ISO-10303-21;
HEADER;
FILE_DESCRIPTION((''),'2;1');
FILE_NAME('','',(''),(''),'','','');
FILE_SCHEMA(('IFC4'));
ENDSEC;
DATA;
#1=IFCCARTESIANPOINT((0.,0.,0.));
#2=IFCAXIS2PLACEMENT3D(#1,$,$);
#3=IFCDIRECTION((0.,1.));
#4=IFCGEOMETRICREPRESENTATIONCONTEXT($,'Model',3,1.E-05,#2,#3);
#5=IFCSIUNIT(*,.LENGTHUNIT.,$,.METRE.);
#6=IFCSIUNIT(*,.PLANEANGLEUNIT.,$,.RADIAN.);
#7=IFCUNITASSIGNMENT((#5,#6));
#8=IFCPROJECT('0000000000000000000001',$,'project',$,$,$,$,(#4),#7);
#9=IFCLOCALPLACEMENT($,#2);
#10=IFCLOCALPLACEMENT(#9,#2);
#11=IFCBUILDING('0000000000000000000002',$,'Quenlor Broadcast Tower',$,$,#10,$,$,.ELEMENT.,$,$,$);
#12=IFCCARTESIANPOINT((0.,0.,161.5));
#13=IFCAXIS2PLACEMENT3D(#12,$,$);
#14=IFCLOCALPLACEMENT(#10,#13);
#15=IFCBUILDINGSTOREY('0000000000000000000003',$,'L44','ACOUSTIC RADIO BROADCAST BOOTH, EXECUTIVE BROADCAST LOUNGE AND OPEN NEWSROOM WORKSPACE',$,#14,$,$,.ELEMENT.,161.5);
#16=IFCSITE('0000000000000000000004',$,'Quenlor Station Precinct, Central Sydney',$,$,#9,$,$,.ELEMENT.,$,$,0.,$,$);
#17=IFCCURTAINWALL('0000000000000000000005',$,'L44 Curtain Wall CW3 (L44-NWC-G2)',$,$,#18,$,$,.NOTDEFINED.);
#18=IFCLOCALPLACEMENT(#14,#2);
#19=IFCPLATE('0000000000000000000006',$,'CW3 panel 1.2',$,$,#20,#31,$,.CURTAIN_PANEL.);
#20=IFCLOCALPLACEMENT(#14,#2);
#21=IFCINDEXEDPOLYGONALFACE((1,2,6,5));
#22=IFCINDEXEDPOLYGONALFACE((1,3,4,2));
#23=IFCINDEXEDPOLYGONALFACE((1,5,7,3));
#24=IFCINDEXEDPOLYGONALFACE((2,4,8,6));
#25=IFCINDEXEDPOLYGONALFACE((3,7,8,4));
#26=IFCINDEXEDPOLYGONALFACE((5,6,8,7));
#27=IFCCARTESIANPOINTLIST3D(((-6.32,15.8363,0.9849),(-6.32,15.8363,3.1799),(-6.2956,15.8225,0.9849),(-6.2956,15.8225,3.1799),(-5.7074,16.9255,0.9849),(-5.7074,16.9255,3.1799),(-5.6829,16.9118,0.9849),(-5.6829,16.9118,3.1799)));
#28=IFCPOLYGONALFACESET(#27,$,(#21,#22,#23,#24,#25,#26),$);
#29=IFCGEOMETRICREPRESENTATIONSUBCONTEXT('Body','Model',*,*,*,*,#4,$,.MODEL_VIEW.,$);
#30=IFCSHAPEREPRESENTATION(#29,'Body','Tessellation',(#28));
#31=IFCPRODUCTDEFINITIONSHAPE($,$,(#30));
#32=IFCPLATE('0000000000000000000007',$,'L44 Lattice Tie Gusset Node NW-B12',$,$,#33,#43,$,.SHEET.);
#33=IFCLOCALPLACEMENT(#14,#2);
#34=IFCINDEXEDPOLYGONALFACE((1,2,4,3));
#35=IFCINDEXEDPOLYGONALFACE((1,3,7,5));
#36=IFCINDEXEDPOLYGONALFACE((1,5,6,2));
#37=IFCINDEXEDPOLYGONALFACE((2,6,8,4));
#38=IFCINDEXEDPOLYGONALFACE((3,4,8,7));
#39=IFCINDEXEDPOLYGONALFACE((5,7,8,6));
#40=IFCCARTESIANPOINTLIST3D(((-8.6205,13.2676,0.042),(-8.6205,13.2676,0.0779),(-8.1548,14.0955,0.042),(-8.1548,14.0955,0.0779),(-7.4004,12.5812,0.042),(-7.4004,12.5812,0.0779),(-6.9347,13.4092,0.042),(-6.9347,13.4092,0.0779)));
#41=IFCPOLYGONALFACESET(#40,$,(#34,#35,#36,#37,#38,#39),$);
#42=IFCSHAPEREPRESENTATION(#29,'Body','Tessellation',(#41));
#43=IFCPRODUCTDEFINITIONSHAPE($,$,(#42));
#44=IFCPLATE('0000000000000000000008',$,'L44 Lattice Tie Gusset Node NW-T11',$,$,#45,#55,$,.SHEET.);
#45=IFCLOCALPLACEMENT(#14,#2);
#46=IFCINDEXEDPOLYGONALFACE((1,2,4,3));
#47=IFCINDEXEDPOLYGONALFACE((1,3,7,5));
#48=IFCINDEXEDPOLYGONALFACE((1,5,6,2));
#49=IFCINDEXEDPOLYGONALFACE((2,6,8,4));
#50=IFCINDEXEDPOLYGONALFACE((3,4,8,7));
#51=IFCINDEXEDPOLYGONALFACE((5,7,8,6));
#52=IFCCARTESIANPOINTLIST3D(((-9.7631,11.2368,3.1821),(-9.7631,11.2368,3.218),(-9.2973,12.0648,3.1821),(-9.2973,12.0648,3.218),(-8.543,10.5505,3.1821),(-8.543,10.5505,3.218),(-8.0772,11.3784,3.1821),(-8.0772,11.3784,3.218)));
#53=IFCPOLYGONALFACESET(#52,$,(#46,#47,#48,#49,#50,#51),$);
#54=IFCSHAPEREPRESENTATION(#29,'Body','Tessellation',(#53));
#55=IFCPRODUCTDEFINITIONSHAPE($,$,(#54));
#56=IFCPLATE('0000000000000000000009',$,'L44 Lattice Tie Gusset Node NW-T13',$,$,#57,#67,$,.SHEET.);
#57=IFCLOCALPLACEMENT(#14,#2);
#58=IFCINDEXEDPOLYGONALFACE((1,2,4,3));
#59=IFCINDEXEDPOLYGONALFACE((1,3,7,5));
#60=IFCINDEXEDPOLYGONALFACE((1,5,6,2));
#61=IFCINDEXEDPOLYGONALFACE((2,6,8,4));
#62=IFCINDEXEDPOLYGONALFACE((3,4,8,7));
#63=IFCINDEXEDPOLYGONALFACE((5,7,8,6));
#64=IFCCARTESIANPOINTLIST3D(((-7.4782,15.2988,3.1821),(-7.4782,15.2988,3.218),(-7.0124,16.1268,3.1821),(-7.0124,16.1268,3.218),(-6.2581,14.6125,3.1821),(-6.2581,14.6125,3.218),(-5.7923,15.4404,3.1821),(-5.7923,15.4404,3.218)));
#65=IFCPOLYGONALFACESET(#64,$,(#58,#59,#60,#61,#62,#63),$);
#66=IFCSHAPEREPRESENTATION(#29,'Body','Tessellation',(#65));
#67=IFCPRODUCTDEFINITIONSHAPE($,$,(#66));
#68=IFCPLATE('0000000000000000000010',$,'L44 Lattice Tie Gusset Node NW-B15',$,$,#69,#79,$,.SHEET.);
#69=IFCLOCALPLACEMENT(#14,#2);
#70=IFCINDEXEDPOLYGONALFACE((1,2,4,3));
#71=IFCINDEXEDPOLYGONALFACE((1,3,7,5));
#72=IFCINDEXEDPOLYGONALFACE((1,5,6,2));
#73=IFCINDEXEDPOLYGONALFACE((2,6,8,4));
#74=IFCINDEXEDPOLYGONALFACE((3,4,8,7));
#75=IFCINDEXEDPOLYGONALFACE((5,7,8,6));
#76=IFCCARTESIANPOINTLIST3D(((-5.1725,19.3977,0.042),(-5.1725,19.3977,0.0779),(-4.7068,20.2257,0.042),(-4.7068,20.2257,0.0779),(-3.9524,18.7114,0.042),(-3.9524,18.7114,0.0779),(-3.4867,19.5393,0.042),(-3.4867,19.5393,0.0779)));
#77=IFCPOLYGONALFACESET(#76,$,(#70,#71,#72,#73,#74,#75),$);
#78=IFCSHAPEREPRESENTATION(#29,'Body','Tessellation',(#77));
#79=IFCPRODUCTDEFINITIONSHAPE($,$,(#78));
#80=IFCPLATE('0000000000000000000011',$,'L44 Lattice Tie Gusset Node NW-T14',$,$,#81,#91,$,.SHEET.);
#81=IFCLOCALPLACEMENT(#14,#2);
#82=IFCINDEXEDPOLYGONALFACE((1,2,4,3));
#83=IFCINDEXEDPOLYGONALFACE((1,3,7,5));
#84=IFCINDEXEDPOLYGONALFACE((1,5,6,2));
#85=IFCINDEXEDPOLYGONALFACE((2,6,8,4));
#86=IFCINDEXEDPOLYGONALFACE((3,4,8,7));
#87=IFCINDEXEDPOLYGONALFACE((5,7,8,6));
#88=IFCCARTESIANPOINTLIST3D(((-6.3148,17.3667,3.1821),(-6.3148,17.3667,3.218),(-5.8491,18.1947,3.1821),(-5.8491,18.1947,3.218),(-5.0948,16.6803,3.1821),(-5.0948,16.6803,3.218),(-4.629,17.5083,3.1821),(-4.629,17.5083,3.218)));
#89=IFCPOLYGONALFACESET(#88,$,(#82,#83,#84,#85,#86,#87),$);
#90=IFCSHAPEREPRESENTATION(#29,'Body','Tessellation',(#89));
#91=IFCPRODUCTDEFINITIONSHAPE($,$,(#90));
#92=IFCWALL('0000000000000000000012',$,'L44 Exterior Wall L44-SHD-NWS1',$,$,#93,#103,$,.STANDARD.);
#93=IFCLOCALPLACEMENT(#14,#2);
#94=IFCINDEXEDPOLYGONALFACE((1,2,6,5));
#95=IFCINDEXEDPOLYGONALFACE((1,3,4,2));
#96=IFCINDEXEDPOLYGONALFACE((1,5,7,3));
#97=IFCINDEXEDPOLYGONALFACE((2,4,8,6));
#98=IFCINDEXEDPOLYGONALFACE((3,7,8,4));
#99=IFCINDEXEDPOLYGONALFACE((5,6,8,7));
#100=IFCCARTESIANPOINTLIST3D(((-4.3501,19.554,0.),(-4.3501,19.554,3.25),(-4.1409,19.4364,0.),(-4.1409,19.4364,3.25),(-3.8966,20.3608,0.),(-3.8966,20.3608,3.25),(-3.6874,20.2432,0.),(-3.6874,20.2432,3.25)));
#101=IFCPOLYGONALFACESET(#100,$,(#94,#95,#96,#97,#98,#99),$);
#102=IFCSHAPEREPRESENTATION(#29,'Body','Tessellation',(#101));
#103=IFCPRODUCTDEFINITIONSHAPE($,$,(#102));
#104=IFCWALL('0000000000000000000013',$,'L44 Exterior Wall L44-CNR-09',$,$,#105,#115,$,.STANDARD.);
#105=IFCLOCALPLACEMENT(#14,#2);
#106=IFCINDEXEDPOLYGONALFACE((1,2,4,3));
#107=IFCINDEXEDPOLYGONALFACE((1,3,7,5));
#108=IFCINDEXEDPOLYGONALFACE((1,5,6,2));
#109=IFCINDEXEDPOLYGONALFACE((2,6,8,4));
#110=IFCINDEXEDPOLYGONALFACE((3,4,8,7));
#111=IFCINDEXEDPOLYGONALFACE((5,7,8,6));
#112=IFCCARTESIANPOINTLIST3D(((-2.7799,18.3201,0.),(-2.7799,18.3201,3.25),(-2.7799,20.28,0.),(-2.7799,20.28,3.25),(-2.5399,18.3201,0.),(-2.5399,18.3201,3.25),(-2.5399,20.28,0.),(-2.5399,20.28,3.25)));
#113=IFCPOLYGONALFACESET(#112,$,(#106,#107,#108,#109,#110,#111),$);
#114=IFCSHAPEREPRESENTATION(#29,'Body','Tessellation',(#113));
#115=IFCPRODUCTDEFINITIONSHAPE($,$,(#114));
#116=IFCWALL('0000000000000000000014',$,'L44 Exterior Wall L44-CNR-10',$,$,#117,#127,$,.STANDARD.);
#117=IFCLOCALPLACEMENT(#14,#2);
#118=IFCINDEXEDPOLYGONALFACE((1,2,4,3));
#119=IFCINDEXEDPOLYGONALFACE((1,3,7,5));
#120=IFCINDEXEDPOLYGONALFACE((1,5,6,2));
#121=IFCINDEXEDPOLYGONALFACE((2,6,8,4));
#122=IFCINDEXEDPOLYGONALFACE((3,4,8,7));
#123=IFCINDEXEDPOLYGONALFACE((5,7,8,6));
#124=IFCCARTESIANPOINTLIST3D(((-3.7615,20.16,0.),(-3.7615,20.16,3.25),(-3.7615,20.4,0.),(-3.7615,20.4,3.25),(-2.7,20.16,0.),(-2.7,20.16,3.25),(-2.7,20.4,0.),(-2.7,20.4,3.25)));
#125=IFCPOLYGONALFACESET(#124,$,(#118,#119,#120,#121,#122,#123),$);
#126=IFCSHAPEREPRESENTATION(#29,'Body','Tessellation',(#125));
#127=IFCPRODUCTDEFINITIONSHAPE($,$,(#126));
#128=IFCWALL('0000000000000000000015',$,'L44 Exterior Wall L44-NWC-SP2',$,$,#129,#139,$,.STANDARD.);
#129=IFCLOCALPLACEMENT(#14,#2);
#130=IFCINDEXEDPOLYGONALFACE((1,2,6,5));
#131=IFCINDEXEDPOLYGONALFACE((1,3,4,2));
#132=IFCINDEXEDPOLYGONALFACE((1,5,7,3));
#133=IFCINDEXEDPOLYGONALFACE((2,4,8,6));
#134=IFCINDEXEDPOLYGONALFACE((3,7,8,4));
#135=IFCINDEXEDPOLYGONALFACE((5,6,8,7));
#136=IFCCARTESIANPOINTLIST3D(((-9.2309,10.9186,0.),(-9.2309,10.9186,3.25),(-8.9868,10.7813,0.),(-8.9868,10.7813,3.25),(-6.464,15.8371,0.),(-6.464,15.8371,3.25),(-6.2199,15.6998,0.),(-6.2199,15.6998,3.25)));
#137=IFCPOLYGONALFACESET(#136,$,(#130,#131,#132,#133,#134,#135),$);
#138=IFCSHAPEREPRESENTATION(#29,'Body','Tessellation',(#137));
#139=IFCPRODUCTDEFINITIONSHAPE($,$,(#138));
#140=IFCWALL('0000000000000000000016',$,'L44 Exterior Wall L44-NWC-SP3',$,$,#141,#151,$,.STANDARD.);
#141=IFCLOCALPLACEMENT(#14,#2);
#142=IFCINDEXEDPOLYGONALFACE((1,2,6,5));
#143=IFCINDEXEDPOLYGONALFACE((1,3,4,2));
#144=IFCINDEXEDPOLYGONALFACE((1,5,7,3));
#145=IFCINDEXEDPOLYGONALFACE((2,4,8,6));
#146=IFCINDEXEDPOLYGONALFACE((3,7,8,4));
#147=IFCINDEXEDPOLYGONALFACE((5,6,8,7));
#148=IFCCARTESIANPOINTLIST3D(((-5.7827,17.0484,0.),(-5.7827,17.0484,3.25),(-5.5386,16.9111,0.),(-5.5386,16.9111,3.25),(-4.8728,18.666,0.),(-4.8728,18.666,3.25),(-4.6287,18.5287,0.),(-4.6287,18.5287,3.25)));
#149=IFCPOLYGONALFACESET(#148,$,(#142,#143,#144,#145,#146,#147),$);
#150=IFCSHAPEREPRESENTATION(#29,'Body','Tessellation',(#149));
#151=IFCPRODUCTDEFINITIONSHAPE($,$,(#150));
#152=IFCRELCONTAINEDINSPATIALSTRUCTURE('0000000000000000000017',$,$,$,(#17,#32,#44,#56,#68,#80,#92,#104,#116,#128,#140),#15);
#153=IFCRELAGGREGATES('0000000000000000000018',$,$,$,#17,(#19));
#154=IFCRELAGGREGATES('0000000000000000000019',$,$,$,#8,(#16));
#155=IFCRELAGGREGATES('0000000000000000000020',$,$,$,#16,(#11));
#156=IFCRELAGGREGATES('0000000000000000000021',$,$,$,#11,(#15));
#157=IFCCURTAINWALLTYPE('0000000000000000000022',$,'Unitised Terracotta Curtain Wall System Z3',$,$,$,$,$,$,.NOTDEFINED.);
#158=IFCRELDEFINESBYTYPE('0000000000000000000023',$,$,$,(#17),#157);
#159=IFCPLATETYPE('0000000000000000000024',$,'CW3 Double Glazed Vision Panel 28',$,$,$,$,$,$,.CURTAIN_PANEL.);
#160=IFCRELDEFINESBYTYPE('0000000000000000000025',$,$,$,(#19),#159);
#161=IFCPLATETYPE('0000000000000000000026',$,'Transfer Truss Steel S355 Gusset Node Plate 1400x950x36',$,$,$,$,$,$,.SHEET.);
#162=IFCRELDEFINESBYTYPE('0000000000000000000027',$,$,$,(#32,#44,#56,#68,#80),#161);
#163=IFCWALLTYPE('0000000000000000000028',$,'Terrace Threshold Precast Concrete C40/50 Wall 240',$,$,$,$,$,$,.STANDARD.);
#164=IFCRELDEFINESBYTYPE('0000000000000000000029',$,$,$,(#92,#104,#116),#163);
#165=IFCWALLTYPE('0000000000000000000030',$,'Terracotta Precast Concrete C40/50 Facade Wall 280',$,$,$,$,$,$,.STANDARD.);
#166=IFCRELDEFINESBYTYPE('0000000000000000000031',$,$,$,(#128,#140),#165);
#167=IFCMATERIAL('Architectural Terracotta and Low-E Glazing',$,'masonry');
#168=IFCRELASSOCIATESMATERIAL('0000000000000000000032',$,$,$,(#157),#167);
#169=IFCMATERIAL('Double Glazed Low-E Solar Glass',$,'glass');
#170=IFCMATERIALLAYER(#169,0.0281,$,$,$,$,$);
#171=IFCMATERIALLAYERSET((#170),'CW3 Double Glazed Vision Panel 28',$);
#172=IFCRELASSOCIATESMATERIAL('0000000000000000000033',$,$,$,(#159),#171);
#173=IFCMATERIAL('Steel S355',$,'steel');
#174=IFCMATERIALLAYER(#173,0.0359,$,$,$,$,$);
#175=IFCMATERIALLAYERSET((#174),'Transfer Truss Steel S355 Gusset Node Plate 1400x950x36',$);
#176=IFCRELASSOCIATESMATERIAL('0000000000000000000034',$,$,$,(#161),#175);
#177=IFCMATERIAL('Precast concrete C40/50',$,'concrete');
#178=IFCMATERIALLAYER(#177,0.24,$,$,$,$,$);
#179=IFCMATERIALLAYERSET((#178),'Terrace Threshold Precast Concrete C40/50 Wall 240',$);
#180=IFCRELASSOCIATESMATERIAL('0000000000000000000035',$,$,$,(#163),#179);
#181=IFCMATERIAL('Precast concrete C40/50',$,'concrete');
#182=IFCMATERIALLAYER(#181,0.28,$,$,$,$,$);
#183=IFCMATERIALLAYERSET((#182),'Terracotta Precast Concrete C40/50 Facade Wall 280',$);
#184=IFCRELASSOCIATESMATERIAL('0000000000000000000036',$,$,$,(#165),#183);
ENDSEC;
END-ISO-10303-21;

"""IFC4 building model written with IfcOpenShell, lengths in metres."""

from ifc_helpers import new_model, si_unit, direction, frame, frame_2d, origin, origin_2d, place, context, subcontext, project, spatial, rectangle, extrude, material, layer, layer_set, type_object, element, aggregate, save


model = new_model("IFC4")

# Units and contexts
model_context = context("Model", 3, precision=1e-05, world=origin(), true_north=direction((0.0, 1.0)))
body_context = subcontext(model_context, "Body", "Model", "MODEL_VIEW")
ifc_project = project(units=[si_unit("LENGTHUNIT", "METRE"), si_unit("PLANEANGLEUNIT", "RADIAN")], contexts=[model_context])

# Site, building, storey
site_placement = place(None, origin())
site = spatial("IfcSite", under=ifc_project, at=site_placement, Name="Quenlor Station Precinct, Central Sydney", CompositionType="ELEMENT", RefElevation=0.0)
building_placement = place(site_placement, origin())
building = spatial("IfcBuilding", under=site, at=building_placement, Name="Quenlor Broadcast Tower", CompositionType="ELEMENT")
storey_placement = place(building_placement, frame((0.0, 0.0, 161.5)))
storey = spatial("IfcBuildingStorey", under=building, at=storey_placement, Name="L44", Description="ACOUSTIC RADIO BROADCAST BOOTH, EXECUTIVE BROADCAST LOUNGE AND OPEN NEWSROOM WORKSPACE", CompositionType="ELEMENT", Elevation=161.5)

# Shared definitions
ifc_material_1 = material(Name="Architectural Terracotta and Low-E Glazing", Category="masonry")
curtain_wall_type = type_object("IfcCurtainWallType", Name="Unitised Terracotta Curtain Wall System Z3", PredefinedType="NOTDEFINED", material=ifc_material_1)

# Curtain wall
curtain_wall_1_placement = place(storey_placement, origin())
curtain_wall_1 = element("IfcCurtainWall", 1, at=curtain_wall_1_placement, inside=storey, type_object=curtain_wall_type, Name="L44 Curtain Wall CW3 (L44-NWC-G2)", PredefinedType="NOTDEFINED")

# Plate
ifc_material_2 = material(Name="Double Glazed Low-E Solar Glass", Category="glass")
ifc_layer_1 = layer(ifc_material_2, 0.0281)
ifc_layer_set_1 = layer_set([ifc_layer_1], Name="CW3 Double Glazed Vision Panel 28")
plate_type_1 = type_object("IfcPlateType", Name="CW3 Double Glazed Vision Panel 28", PredefinedType="CURTAIN_PANEL", material=ifc_layer_set_1)
plate_1_placement = place(storey_placement, frame((-6.0015, 16.374, 0.9849), z_axis=(0.0, 0.0, 1.0), x_axis=(0.49023, 0.871593, 0.0)))
plate_1 = element("IfcPlate", 2, at=plate_1_placement, type_object=plate_type_1, Name="CW3 panel 1.2", PredefinedType="CURTAIN_PANEL", context=body_context, shape_type="SweptSolid", body=[
    extrude(rectangle(XDim=1.2498, YDim=0.0281, at=origin_2d()), origin(), (0.0, 0.0, 1.0), 2.1951),
])
aggregate(curtain_wall_1, [plate_1])

# Plates
ifc_material_3 = material(Name="Steel S355", Category="steel")
ifc_layer_2 = layer(ifc_material_3, 0.0359)
ifc_layer_set_2 = layer_set([ifc_layer_2], Name="Transfer Truss Steel S355 Gusset Node Plate 1400x950x36")
plate_type_2 = type_object("IfcPlateType", Name="Transfer Truss Steel S355 Gusset Node Plate 1400x950x36", PredefinedType="SHEET", material=ifc_layer_set_2)
for number, where, z_axis, x_axis, name in (
    (3, (-7.7776, 13.3384, 0.042), (0.0, 0.0, 1.0), (-0.871556, 0.490295, 0.0), "L44 Lattice Tie Gusset Node NW-B12"),
    (4, (-8.9202, 11.3076, 3.1821), (0.0, 0.0, 1.0), (-0.871556, 0.490295, 0.0), "L44 Lattice Tie Gusset Node NW-T11"),
    (5, (-6.6353, 15.3696, 3.1821), (0.0, 0.0, 1.0), (-0.871556, 0.490295, 0.0), "L44 Lattice Tie Gusset Node NW-T13"),
    (6, (-4.3296, 19.4685, 0.042), (0.0, 0.0, 1.0), (-0.871556, 0.490295, 0.0), "L44 Lattice Tie Gusset Node NW-B15"),
    (7, (-5.4719, 17.4375, 3.1821), (0.0, 0.0, 1.0), (-0.871556, 0.490295, 0.0), "L44 Lattice Tie Gusset Node NW-T14"),
):
    element("IfcPlate", number, at=place(storey_placement, frame(where, z_axis=z_axis, x_axis=x_axis)), inside=storey, type_object=plate_type_2, Name=name, PredefinedType="SHEET", context=body_context, shape_type="SweptSolid", body=[
        extrude(rectangle(XDim=1.3999, YDim=0.95, at=origin_2d()), origin(), (0.0, 0.0, 1.0), 0.0359),
    ])

# Walls
ifc_material_4 = material(Name="Precast concrete C40/50", Category="concrete")
ifc_layer_3 = layer(ifc_material_4, 0.24)
ifc_layer_set_3 = layer_set([ifc_layer_3], Name="Terrace Threshold Precast Concrete C40/50 Wall 240")
wall_type_1 = type_object("IfcWallType", Name="Terrace Threshold Precast Concrete C40/50 Wall 240", PredefinedType="STANDARD", material=ifc_layer_set_3)
wall_1_placement = place(storey_placement, frame((-4.2456, 19.4951, 0.0), z_axis=(0.0, 0.0, 1.0), x_axis=(0.490048, 0.871695, 0.0)))
element("IfcWall", 8, at=wall_1_placement, inside=storey, type_object=wall_type_1, Name="L44 Exterior Wall L44-SHD-NWS1", PredefinedType="STANDARD", context=body_context, shape_type="SweptSolid", body=[
    extrude(rectangle(XDim=0.9255, YDim=0.24, at=frame_2d((0.4629, 0.0))), origin(), (0.0, 0.0, 1.0), 3.25),
])
wall_2_placement = place(storey_placement, frame((-2.6599, 18.3201, 0.0), z_axis=(0.0, 0.0, 1.0), x_axis=(0.0, 1.0, 0.0)))
element("IfcWall", 9, at=wall_2_placement, inside=storey, type_object=wall_type_1, Name="L44 Exterior Wall L44-CNR-09", PredefinedType="STANDARD", context=body_context, shape_type="SweptSolid", body=[
    extrude(rectangle(XDim=1.96, YDim=0.24, at=frame_2d((0.98, 0.0))), origin(), (0.0, 0.0, 1.0), 3.25),
])
wall_3_placement = place(storey_placement, frame((-2.7, 20.28, 0.0), z_axis=(0.0, 0.0, 1.0), x_axis=(-1.0, 0.0, 0.0)))
element("IfcWall", 10, at=wall_3_placement, inside=storey, type_object=wall_type_1, Name="L44 Exterior Wall L44-CNR-10", PredefinedType="STANDARD", context=body_context, shape_type="SweptSolid", body=[
    extrude(rectangle(XDim=1.0615, YDim=0.24, at=frame_2d((0.5308, 0.0))), origin(), (0.0, 0.0, 1.0), 3.25),
])
ifc_material_5 = material(Name="Precast concrete C40/50", Category="concrete")
ifc_layer_4 = layer(ifc_material_5, 0.28)
ifc_layer_set_4 = layer_set([ifc_layer_4], Name="Terracotta Precast Concrete C40/50 Facade Wall 280")
wall_type_2 = type_object("IfcWallType", Name="Terracotta Precast Concrete C40/50 Facade Wall 280", PredefinedType="STANDARD", material=ifc_layer_set_4)
wall_4_placement = place(storey_placement, frame((-9.1089, 10.8499, 0.0), z_axis=(0.0, 0.0, 1.0), x_axis=(0.49029, 0.871559, 0.0)))
element("IfcWall", 11, at=wall_4_placement, inside=storey, type_object=wall_type_2, Name="L44 Exterior Wall L44-NWC-SP2", PredefinedType="STANDARD", context=body_context, shape_type="SweptSolid", body=[
    extrude(rectangle(XDim=5.6433, YDim=0.28, at=frame_2d((2.8218, 0.0))), origin(), (0.0, 0.0, 1.0), 3.25),
])
wall_5_placement = place(storey_placement, frame((-5.6606, 16.9797, 0.0), z_axis=(0.0, 0.0, 1.0), x_axis=(0.490249, 0.871583, 0.0)))
element("IfcWall", 12, at=wall_5_placement, inside=storey, type_object=wall_type_2, Name="L44 Exterior Wall L44-NWC-SP3", PredefinedType="STANDARD", context=body_context, shape_type="SweptSolid", body=[
    extrude(rectangle(XDim=1.856, YDim=0.28, at=frame_2d((0.928, 0.0))), origin(), (0.0, 0.0, 1.0), 3.25),
])

save(model, "model.ifc")
